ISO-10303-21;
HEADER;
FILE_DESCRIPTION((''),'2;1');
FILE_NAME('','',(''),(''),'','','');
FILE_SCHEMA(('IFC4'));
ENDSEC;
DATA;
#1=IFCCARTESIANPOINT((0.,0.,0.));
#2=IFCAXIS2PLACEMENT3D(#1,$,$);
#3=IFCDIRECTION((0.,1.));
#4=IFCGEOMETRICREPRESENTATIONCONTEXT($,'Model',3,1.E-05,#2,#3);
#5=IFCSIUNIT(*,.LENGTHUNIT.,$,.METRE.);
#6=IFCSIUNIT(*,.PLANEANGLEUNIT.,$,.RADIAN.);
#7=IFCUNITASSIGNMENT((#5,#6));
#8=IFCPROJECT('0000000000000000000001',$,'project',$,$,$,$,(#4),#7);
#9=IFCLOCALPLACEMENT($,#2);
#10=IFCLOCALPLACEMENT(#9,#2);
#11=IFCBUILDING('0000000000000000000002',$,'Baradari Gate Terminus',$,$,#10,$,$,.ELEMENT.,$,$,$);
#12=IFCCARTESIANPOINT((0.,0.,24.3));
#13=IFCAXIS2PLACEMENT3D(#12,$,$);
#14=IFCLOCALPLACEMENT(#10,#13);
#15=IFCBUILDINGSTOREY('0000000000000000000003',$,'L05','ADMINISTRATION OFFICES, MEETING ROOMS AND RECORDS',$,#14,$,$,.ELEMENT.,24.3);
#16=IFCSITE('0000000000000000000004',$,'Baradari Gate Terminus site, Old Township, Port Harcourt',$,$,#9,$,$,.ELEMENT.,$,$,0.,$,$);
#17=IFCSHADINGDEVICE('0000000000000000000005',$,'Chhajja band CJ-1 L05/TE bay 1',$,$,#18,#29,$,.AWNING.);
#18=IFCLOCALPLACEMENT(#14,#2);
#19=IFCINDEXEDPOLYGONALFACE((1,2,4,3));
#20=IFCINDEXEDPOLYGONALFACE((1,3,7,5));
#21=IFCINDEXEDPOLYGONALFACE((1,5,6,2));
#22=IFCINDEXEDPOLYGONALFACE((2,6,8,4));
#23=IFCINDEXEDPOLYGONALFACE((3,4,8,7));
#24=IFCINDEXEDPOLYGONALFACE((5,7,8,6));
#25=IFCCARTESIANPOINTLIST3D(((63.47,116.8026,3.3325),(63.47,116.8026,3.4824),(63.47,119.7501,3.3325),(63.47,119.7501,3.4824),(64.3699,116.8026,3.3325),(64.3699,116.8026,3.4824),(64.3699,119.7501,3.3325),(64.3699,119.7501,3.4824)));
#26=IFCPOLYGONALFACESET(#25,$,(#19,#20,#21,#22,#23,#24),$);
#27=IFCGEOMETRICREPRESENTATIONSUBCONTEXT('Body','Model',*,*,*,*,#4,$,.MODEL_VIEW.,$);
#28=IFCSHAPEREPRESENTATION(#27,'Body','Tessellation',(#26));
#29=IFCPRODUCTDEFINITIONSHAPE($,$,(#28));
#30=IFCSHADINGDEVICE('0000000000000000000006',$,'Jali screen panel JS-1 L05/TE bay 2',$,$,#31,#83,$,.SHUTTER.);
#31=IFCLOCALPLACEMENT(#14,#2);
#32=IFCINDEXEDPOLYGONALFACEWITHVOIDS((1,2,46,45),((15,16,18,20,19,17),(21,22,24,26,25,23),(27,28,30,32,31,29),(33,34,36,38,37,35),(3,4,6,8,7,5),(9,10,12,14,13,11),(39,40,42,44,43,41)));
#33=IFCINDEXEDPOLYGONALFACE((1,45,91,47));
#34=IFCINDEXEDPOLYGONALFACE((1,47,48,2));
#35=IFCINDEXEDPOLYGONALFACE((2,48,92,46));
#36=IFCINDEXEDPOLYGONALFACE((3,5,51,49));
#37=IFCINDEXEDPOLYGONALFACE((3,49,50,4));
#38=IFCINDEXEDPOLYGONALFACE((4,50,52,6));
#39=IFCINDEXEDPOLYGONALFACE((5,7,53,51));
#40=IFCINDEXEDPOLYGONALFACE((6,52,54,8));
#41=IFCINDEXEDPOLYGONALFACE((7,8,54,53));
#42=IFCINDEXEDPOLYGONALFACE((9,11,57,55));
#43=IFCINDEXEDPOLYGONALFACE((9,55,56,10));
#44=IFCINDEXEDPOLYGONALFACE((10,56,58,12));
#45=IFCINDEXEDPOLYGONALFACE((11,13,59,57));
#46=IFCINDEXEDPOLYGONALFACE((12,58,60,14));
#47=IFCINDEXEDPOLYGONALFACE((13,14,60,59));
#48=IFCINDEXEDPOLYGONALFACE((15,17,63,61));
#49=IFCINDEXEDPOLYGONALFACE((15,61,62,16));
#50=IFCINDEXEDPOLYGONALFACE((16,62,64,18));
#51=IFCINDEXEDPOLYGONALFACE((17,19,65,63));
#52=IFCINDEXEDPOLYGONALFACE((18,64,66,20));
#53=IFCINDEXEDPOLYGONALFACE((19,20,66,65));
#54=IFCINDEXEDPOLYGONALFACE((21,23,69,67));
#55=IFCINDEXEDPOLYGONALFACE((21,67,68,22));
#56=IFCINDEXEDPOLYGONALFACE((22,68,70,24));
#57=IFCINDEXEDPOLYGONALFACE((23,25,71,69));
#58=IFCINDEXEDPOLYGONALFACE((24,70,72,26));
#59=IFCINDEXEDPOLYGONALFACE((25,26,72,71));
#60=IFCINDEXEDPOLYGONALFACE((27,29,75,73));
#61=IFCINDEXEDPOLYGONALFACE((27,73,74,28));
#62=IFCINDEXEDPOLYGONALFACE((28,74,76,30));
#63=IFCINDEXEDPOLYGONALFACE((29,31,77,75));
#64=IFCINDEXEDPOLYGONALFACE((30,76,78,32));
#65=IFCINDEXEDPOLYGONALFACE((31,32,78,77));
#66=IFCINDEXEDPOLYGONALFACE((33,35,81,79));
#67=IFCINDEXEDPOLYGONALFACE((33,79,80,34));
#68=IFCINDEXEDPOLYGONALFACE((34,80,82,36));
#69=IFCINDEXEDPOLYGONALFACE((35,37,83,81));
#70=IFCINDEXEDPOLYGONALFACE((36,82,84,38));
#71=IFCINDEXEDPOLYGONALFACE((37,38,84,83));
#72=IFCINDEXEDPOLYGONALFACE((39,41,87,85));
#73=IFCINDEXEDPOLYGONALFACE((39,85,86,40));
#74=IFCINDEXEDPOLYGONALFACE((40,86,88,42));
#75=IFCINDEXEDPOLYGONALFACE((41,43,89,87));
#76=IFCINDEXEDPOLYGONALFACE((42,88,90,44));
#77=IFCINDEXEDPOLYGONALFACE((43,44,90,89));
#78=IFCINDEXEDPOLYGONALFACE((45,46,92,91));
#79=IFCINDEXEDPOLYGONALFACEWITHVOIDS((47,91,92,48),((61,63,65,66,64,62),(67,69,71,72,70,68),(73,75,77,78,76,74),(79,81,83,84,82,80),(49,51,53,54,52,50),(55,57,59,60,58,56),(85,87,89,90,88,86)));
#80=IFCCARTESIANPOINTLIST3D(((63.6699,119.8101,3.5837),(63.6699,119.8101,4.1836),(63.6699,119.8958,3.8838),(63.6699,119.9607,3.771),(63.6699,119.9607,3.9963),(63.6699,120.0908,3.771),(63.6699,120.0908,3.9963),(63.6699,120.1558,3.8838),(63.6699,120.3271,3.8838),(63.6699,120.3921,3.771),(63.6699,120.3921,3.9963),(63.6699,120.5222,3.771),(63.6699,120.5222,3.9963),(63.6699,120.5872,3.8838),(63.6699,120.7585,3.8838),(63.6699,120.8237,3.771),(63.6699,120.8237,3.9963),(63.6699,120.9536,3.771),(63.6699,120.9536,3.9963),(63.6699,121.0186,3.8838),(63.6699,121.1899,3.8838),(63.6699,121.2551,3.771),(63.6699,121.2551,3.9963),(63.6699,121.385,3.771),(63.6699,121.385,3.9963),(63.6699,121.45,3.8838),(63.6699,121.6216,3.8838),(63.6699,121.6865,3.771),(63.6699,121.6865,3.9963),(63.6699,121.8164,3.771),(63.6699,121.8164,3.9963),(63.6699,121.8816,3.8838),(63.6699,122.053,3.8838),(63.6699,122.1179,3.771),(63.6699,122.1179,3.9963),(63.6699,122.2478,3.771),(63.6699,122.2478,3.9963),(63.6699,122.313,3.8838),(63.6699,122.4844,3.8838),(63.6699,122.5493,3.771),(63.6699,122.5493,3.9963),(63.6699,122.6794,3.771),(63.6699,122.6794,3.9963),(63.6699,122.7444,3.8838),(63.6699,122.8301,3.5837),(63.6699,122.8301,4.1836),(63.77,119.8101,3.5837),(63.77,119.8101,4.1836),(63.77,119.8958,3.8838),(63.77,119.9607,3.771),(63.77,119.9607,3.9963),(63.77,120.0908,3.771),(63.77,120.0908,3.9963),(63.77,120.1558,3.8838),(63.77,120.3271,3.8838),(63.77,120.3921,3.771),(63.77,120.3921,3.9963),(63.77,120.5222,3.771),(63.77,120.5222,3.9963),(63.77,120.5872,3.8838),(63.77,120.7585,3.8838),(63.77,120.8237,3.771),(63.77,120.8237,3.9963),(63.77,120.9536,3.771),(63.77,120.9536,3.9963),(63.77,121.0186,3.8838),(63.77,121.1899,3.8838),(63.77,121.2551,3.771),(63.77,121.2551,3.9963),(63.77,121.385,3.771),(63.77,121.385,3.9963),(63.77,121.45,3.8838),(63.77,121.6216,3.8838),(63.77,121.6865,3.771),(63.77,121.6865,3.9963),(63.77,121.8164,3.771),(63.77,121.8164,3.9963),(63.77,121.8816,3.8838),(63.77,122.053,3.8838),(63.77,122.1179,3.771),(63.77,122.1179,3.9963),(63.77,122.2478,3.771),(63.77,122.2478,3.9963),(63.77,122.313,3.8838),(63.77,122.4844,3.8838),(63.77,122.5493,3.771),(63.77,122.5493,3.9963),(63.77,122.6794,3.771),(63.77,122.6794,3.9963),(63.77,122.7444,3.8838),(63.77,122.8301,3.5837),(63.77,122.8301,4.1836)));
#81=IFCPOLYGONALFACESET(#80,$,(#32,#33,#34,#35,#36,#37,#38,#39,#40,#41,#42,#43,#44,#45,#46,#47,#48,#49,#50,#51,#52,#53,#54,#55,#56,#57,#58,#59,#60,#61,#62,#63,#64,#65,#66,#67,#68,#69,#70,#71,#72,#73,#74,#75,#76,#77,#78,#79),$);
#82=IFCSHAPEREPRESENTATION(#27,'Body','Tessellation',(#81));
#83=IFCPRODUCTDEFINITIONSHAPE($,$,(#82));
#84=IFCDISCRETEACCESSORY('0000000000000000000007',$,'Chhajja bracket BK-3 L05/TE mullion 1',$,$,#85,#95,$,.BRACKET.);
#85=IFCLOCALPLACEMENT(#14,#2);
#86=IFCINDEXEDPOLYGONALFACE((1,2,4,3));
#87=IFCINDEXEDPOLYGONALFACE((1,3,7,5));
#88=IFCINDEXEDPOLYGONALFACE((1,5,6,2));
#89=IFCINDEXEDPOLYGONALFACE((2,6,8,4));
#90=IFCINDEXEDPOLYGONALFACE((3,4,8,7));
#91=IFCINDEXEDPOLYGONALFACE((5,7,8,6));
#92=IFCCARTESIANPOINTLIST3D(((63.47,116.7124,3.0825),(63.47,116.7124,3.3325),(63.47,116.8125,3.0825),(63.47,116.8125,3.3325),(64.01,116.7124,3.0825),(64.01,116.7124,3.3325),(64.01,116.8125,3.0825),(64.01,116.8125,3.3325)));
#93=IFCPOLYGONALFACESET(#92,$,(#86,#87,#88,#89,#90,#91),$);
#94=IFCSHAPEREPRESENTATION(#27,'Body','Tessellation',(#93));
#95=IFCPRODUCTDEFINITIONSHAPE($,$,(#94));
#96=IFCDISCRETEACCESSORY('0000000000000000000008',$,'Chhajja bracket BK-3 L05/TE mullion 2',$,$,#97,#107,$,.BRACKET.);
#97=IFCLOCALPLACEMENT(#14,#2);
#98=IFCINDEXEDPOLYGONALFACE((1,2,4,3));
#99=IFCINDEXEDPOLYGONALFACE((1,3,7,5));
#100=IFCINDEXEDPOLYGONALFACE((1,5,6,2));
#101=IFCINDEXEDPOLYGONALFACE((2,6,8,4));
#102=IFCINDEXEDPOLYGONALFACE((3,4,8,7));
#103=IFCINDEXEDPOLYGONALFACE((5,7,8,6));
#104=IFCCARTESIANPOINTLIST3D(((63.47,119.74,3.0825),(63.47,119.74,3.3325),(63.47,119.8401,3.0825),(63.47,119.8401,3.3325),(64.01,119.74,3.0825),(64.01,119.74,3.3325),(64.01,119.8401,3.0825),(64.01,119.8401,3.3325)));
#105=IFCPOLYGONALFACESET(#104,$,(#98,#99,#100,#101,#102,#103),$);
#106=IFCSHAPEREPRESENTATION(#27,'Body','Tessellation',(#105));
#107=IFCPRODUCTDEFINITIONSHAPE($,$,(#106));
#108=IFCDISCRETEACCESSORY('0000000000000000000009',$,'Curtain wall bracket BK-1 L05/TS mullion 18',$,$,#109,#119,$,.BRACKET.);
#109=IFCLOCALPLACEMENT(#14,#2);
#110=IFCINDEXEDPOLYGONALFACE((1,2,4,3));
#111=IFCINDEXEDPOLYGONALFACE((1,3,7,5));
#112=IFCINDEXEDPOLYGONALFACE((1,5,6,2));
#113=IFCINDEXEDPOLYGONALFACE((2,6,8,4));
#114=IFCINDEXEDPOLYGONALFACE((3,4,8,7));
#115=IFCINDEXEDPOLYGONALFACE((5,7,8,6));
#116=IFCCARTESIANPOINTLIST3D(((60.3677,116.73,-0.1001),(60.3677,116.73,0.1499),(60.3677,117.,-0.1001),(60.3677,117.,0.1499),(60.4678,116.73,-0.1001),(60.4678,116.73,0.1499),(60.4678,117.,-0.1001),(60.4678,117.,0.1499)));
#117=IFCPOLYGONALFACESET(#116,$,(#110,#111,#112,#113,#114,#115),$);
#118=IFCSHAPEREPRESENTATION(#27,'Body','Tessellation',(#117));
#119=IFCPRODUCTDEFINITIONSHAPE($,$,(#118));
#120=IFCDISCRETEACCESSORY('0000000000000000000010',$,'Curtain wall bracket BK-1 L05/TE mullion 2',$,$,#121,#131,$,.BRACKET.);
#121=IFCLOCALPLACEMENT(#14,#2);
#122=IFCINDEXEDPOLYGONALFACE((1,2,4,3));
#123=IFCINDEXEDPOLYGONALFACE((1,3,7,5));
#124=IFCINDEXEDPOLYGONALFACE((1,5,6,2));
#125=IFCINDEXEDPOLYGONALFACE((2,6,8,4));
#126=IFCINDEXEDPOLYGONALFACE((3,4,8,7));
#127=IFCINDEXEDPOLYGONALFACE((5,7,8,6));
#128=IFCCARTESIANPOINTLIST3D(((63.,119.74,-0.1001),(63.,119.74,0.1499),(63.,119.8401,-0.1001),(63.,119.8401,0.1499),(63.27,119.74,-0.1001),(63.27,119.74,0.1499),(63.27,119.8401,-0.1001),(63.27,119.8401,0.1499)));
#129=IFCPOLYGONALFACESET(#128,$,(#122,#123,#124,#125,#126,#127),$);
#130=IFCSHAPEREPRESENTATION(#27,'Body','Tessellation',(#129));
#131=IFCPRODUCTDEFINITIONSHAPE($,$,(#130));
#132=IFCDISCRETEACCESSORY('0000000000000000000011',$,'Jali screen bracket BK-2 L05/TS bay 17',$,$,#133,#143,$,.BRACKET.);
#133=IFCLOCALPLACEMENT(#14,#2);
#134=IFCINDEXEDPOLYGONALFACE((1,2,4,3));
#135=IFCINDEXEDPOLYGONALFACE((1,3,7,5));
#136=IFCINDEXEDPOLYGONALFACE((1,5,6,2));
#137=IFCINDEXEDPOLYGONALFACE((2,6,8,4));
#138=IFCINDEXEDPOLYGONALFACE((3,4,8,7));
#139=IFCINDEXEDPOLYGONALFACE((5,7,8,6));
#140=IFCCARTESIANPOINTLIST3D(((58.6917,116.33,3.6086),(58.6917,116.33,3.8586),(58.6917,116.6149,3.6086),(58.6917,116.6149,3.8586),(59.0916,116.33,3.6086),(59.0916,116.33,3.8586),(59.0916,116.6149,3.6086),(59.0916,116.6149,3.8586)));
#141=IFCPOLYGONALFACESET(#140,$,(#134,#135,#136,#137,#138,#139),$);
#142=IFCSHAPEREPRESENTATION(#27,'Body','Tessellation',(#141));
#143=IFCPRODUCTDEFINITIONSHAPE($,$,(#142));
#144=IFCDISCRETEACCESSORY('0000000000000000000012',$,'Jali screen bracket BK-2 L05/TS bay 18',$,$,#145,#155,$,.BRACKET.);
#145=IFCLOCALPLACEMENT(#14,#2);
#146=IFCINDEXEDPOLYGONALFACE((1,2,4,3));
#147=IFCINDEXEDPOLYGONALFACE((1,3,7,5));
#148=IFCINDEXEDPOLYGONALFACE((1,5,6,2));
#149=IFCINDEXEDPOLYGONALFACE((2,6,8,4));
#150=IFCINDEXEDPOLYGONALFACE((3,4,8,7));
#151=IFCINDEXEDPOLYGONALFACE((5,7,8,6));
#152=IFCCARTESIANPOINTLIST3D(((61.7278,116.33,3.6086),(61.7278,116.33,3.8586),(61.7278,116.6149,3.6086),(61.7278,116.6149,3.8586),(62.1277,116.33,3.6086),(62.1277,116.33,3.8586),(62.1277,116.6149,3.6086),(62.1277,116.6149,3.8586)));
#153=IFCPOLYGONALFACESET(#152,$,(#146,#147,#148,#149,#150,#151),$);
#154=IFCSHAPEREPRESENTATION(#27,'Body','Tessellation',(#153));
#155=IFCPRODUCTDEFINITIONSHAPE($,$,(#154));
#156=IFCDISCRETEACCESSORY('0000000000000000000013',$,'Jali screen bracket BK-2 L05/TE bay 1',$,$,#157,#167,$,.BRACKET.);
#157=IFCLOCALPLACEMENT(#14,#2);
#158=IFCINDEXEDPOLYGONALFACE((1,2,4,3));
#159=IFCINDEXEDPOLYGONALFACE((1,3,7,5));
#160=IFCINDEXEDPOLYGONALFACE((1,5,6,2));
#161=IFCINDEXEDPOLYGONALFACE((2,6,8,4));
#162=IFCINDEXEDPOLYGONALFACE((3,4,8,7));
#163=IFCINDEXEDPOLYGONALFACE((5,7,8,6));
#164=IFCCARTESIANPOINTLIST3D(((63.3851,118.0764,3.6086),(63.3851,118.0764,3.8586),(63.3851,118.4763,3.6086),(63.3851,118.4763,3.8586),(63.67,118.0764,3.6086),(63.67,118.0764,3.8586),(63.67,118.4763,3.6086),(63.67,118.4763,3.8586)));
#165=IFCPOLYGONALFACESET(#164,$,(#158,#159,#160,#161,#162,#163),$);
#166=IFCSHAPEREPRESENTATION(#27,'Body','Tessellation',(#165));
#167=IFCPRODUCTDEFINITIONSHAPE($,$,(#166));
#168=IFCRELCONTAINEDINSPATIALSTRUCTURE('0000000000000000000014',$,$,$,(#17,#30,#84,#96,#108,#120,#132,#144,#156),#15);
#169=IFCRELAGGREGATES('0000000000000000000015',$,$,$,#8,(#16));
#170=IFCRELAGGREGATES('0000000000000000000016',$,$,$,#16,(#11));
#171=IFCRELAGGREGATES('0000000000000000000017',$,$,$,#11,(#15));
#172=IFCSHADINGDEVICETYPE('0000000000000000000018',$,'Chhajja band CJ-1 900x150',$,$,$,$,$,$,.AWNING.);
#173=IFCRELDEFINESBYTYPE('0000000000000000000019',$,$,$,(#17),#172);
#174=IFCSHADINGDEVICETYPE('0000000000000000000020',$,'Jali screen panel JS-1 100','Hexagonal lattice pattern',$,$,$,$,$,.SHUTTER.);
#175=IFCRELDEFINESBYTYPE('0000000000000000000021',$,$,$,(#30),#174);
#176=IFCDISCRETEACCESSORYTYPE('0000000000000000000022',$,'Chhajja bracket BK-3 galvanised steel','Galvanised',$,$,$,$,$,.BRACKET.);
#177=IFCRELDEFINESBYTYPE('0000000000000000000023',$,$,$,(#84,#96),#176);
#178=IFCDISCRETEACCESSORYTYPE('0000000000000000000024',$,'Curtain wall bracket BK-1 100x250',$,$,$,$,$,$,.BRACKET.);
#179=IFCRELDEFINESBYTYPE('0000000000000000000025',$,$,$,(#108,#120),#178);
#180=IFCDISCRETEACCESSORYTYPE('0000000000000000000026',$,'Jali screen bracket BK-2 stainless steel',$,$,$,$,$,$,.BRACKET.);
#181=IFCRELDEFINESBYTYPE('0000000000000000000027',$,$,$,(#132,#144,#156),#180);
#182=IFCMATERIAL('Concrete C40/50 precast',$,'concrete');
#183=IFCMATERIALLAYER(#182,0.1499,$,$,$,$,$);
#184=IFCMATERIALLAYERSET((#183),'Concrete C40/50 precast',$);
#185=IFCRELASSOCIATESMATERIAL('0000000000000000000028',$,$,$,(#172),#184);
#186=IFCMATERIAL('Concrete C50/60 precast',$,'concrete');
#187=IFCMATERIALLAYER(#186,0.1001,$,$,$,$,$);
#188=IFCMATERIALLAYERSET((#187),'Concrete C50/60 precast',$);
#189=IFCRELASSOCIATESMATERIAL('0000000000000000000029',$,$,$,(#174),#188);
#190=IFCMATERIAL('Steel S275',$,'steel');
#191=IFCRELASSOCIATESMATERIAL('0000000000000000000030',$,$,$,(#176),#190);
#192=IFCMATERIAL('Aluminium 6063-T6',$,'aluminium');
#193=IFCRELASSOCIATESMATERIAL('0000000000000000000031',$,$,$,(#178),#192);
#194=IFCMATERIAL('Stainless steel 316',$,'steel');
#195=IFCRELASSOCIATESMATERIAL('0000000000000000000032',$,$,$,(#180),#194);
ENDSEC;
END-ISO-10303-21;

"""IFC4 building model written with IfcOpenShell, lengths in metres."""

from ifc_helpers import new_model, si_unit, direction, frame, origin, origin_2d, place, context, subcontext, project, spatial, polyline, rectangle, outline, extrude, material, layer, layer_set, type_object, element, save


model = new_model("IFC4")

# Units and contexts
model_context = context("Model", 3, precision=1e-05, world=origin(), true_north=direction((0.0, 1.0)))
body_context = subcontext(model_context, "Body", "Model", "MODEL_VIEW")
ifc_project = project(units=[si_unit("LENGTHUNIT", "METRE"), si_unit("PLANEANGLEUNIT", "RADIAN")], contexts=[model_context])

# Site, building, storey
site_placement = place(None, origin())
site = spatial("IfcSite", under=ifc_project, at=site_placement, Name="Baradari Gate Terminus site, Old Township, Port Harcourt", CompositionType="ELEMENT", RefElevation=0.0)
building_placement = place(site_placement, origin())
building = spatial("IfcBuilding", under=site, at=building_placement, Name="Baradari Gate Terminus", CompositionType="ELEMENT")
storey_placement = place(building_placement, frame((0.0, 0.0, 24.3)))
storey = spatial("IfcBuildingStorey", under=building, at=storey_placement, Name="L05", Description="ADMINISTRATION OFFICES, MEETING ROOMS AND RECORDS", CompositionType="ELEMENT", Elevation=24.3)

# Shading devices
ifc_material_1 = material(Name="Concrete C40/50 precast", Category="concrete")
ifc_layer_1 = layer(ifc_material_1, 0.1499)
ifc_layer_set_1 = layer_set([ifc_layer_1], Name="Concrete C40/50 precast")
shading_device_type_1 = type_object("IfcShadingDeviceType", Name="Chhajja band CJ-1 900x150", PredefinedType="AWNING", material=ifc_layer_set_1)
shading_device_1_placement = place(storey_placement, frame((63.9199, 118.2764, 3.3325), z_axis=(0.0, 0.0, 1.0), x_axis=(0.0, 1.0, 0.0)))
element("IfcShadingDevice", 1, at=shading_device_1_placement, inside=storey, type_object=shading_device_type_1, Name="Chhajja band CJ-1 L05/TE bay 1", PredefinedType="AWNING", context=body_context, shape_type="SweptSolid", body=[
    extrude(rectangle(XDim=2.9475, YDim=0.8999, at=origin_2d()), origin(), (0.0, 0.0, 1.0), 0.1499),
])
ifc_material_2 = material(Name="Concrete C50/60 precast", Category="concrete")
ifc_layer_2 = layer(ifc_material_2, 0.1001)
ifc_layer_set_2 = layer_set([ifc_layer_2], Name="Concrete C50/60 precast")
shading_device_type_2 = type_object("IfcShadingDeviceType", Name="Jali screen panel JS-1 100", Description="Hexagonal lattice pattern", PredefinedType="SHUTTER", material=ifc_layer_set_2)
shading_device_2_placement = place(storey_placement, frame((63.72, 119.8101, 3.5837), z_axis=(0.0, 0.0, 1.0), x_axis=(0.0, 1.0, 0.0)))
element("IfcShadingDevice", 2, at=shading_device_2_placement, inside=storey, type_object=shading_device_type_2, Name="Jali screen panel JS-1 L05/TE bay 2", PredefinedType="SHUTTER", context=body_context, shape_type="SweptSolid", body=[
    extrude(outline(polyline([(0.0, 0.0), (3.02, 0.0), (3.02, 0.5999), (0.0, 0.5999), (0.0, 0.0)]), holes=[polyline([(0.3457, 0.3), (0.2808, 0.1873), (0.1506, 0.1873), (0.0857, 0.3), (0.1506, 0.4126), (0.2808, 0.4126), (0.3457, 0.3)]), polyline([(0.7771, 0.3), (0.7122, 0.1873), (0.582, 0.1873), (0.5171, 0.3), (0.582, 0.4126), (0.7122, 0.4126), (0.7771, 0.3)]), polyline([(1.2085, 0.3), (1.1436, 0.1873), (1.0137, 0.1873), (0.9485, 0.3), (1.0137, 0.4126), (1.1436, 0.4126), (1.2085, 0.3)]), polyline([(1.6399, 0.3), (1.575, 0.1873), (1.4451, 0.1873), (1.3799, 0.3), (1.4451, 0.4126), (1.575, 0.4126), (1.6399, 0.3)]), polyline([(2.0715, 0.3), (2.0063, 0.1873), (1.8765, 0.1873), (1.8115, 0.3), (1.8765, 0.4126), (2.0063, 0.4126), (2.0715, 0.3)]), polyline([(2.5029, 0.3), (2.4377, 0.1873), (2.3079, 0.1873), (2.2429, 0.3), (2.3079, 0.4126), (2.4377, 0.4126), (2.5029, 0.3)]), polyline([(2.9343, 0.3), (2.8694, 0.1873), (2.7393, 0.1873), (2.6743, 0.3), (2.7393, 0.4126), (2.8694, 0.4126), (2.9343, 0.3)])]), frame((0.0, 0.05, 0.0), z_axis=(0.0, -1.0, 0.0), x_axis=(1.0, 0.0, 0.0)), (0.0, 0.0, 1.0), 0.1001),
])

# Discrete accessories
ifc_material_3 = material(Name="Steel S275", Category="steel")
discrete_accessory_type_1 = type_object("IfcDiscreteAccessoryType", Name="Chhajja bracket BK-3 galvanised steel", Description="Galvanised", PredefinedType="BRACKET", material=ifc_material_3)
for number, where, z_axis, x_axis, name in (
    (3, (63.74, 116.7625, 3.0825), (0.0, 0.0, 1.0), (1.0, 0.0, 0.0), "Chhajja bracket BK-3 L05/TE mullion 1"),
    (4, (63.74, 119.79, 3.0825), (0.0, 0.0, 1.0), (1.0, 0.0, 0.0), "Chhajja bracket BK-3 L05/TE mullion 2"),
):
    element("IfcDiscreteAccessory", number, at=place(storey_placement, frame(where, z_axis=z_axis, x_axis=x_axis)), inside=storey, type_object=discrete_accessory_type_1, Name=name, PredefinedType="BRACKET", context=body_context, shape_type="SweptSolid", body=[
        extrude(rectangle(XDim=0.54, YDim=0.1001, at=origin_2d()), origin(), (0.0, 0.0, 1.0), 0.25),
    ])
ifc_material_4 = material(Name="Aluminium 6063-T6", Category="aluminium")
discrete_accessory_type_2 = type_object("IfcDiscreteAccessoryType", Name="Curtain wall bracket BK-1 100x250", PredefinedType="BRACKET", material=ifc_material_4)
for number, where, z_axis, x_axis, name in (
    (5, (60.4177, 116.865, -0.1001), (0.0, 0.0, 1.0), (0.0, -1.0, 0.0), "Curtain wall bracket BK-1 L05/TS mullion 18"),
    (6, (63.135, 119.79, -0.1001), (0.0, 0.0, 1.0), (1.0, 0.0, 0.0), "Curtain wall bracket BK-1 L05/TE mullion 2"),
):
    element("IfcDiscreteAccessory", number, at=place(storey_placement, frame(where, z_axis=z_axis, x_axis=x_axis)), inside=storey, type_object=discrete_accessory_type_2, Name=name, PredefinedType="BRACKET", context=body_context, shape_type="SweptSolid", body=[
        extrude(rectangle(XDim=0.27, YDim=0.1001, at=origin_2d()), origin(), (0.0, 0.0, 1.0), 0.25),
    ])
ifc_material_5 = material(Name="Stainless steel 316", Category="steel")
discrete_accessory_type_3 = type_object("IfcDiscreteAccessoryType", Name="Jali screen bracket BK-2 stainless steel", PredefinedType="BRACKET", material=ifc_material_5)
for number, where, z_axis, x_axis, name in (
    (7, (58.8916, 116.4724, 3.6086), (0.0, 0.0, 1.0), (0.0, -1.0, 0.0), "Jali screen bracket BK-2 L05/TS bay 17"),
    (8, (61.9277, 116.4724, 3.6086), (0.0, 0.0, 1.0), (0.0, -1.0, 0.0), "Jali screen bracket BK-2 L05/TS bay 18"),
    (9, (63.5276, 118.2764, 3.6086), (0.0, 0.0, 1.0), (1.0, 0.0, 0.0), "Jali screen bracket BK-2 L05/TE bay 1"),
):
    element("IfcDiscreteAccessory", number, at=place(storey_placement, frame(where, z_axis=z_axis, x_axis=x_axis)), inside=storey, type_object=discrete_accessory_type_3, Name=name, PredefinedType="BRACKET", context=body_context, shape_type="SweptSolid", body=[
        extrude(rectangle(XDim=0.2849, YDim=0.3999, at=origin_2d()), origin(), (0.0, 0.0, 1.0), 0.25),
    ])

save(model, "model.ifc")
